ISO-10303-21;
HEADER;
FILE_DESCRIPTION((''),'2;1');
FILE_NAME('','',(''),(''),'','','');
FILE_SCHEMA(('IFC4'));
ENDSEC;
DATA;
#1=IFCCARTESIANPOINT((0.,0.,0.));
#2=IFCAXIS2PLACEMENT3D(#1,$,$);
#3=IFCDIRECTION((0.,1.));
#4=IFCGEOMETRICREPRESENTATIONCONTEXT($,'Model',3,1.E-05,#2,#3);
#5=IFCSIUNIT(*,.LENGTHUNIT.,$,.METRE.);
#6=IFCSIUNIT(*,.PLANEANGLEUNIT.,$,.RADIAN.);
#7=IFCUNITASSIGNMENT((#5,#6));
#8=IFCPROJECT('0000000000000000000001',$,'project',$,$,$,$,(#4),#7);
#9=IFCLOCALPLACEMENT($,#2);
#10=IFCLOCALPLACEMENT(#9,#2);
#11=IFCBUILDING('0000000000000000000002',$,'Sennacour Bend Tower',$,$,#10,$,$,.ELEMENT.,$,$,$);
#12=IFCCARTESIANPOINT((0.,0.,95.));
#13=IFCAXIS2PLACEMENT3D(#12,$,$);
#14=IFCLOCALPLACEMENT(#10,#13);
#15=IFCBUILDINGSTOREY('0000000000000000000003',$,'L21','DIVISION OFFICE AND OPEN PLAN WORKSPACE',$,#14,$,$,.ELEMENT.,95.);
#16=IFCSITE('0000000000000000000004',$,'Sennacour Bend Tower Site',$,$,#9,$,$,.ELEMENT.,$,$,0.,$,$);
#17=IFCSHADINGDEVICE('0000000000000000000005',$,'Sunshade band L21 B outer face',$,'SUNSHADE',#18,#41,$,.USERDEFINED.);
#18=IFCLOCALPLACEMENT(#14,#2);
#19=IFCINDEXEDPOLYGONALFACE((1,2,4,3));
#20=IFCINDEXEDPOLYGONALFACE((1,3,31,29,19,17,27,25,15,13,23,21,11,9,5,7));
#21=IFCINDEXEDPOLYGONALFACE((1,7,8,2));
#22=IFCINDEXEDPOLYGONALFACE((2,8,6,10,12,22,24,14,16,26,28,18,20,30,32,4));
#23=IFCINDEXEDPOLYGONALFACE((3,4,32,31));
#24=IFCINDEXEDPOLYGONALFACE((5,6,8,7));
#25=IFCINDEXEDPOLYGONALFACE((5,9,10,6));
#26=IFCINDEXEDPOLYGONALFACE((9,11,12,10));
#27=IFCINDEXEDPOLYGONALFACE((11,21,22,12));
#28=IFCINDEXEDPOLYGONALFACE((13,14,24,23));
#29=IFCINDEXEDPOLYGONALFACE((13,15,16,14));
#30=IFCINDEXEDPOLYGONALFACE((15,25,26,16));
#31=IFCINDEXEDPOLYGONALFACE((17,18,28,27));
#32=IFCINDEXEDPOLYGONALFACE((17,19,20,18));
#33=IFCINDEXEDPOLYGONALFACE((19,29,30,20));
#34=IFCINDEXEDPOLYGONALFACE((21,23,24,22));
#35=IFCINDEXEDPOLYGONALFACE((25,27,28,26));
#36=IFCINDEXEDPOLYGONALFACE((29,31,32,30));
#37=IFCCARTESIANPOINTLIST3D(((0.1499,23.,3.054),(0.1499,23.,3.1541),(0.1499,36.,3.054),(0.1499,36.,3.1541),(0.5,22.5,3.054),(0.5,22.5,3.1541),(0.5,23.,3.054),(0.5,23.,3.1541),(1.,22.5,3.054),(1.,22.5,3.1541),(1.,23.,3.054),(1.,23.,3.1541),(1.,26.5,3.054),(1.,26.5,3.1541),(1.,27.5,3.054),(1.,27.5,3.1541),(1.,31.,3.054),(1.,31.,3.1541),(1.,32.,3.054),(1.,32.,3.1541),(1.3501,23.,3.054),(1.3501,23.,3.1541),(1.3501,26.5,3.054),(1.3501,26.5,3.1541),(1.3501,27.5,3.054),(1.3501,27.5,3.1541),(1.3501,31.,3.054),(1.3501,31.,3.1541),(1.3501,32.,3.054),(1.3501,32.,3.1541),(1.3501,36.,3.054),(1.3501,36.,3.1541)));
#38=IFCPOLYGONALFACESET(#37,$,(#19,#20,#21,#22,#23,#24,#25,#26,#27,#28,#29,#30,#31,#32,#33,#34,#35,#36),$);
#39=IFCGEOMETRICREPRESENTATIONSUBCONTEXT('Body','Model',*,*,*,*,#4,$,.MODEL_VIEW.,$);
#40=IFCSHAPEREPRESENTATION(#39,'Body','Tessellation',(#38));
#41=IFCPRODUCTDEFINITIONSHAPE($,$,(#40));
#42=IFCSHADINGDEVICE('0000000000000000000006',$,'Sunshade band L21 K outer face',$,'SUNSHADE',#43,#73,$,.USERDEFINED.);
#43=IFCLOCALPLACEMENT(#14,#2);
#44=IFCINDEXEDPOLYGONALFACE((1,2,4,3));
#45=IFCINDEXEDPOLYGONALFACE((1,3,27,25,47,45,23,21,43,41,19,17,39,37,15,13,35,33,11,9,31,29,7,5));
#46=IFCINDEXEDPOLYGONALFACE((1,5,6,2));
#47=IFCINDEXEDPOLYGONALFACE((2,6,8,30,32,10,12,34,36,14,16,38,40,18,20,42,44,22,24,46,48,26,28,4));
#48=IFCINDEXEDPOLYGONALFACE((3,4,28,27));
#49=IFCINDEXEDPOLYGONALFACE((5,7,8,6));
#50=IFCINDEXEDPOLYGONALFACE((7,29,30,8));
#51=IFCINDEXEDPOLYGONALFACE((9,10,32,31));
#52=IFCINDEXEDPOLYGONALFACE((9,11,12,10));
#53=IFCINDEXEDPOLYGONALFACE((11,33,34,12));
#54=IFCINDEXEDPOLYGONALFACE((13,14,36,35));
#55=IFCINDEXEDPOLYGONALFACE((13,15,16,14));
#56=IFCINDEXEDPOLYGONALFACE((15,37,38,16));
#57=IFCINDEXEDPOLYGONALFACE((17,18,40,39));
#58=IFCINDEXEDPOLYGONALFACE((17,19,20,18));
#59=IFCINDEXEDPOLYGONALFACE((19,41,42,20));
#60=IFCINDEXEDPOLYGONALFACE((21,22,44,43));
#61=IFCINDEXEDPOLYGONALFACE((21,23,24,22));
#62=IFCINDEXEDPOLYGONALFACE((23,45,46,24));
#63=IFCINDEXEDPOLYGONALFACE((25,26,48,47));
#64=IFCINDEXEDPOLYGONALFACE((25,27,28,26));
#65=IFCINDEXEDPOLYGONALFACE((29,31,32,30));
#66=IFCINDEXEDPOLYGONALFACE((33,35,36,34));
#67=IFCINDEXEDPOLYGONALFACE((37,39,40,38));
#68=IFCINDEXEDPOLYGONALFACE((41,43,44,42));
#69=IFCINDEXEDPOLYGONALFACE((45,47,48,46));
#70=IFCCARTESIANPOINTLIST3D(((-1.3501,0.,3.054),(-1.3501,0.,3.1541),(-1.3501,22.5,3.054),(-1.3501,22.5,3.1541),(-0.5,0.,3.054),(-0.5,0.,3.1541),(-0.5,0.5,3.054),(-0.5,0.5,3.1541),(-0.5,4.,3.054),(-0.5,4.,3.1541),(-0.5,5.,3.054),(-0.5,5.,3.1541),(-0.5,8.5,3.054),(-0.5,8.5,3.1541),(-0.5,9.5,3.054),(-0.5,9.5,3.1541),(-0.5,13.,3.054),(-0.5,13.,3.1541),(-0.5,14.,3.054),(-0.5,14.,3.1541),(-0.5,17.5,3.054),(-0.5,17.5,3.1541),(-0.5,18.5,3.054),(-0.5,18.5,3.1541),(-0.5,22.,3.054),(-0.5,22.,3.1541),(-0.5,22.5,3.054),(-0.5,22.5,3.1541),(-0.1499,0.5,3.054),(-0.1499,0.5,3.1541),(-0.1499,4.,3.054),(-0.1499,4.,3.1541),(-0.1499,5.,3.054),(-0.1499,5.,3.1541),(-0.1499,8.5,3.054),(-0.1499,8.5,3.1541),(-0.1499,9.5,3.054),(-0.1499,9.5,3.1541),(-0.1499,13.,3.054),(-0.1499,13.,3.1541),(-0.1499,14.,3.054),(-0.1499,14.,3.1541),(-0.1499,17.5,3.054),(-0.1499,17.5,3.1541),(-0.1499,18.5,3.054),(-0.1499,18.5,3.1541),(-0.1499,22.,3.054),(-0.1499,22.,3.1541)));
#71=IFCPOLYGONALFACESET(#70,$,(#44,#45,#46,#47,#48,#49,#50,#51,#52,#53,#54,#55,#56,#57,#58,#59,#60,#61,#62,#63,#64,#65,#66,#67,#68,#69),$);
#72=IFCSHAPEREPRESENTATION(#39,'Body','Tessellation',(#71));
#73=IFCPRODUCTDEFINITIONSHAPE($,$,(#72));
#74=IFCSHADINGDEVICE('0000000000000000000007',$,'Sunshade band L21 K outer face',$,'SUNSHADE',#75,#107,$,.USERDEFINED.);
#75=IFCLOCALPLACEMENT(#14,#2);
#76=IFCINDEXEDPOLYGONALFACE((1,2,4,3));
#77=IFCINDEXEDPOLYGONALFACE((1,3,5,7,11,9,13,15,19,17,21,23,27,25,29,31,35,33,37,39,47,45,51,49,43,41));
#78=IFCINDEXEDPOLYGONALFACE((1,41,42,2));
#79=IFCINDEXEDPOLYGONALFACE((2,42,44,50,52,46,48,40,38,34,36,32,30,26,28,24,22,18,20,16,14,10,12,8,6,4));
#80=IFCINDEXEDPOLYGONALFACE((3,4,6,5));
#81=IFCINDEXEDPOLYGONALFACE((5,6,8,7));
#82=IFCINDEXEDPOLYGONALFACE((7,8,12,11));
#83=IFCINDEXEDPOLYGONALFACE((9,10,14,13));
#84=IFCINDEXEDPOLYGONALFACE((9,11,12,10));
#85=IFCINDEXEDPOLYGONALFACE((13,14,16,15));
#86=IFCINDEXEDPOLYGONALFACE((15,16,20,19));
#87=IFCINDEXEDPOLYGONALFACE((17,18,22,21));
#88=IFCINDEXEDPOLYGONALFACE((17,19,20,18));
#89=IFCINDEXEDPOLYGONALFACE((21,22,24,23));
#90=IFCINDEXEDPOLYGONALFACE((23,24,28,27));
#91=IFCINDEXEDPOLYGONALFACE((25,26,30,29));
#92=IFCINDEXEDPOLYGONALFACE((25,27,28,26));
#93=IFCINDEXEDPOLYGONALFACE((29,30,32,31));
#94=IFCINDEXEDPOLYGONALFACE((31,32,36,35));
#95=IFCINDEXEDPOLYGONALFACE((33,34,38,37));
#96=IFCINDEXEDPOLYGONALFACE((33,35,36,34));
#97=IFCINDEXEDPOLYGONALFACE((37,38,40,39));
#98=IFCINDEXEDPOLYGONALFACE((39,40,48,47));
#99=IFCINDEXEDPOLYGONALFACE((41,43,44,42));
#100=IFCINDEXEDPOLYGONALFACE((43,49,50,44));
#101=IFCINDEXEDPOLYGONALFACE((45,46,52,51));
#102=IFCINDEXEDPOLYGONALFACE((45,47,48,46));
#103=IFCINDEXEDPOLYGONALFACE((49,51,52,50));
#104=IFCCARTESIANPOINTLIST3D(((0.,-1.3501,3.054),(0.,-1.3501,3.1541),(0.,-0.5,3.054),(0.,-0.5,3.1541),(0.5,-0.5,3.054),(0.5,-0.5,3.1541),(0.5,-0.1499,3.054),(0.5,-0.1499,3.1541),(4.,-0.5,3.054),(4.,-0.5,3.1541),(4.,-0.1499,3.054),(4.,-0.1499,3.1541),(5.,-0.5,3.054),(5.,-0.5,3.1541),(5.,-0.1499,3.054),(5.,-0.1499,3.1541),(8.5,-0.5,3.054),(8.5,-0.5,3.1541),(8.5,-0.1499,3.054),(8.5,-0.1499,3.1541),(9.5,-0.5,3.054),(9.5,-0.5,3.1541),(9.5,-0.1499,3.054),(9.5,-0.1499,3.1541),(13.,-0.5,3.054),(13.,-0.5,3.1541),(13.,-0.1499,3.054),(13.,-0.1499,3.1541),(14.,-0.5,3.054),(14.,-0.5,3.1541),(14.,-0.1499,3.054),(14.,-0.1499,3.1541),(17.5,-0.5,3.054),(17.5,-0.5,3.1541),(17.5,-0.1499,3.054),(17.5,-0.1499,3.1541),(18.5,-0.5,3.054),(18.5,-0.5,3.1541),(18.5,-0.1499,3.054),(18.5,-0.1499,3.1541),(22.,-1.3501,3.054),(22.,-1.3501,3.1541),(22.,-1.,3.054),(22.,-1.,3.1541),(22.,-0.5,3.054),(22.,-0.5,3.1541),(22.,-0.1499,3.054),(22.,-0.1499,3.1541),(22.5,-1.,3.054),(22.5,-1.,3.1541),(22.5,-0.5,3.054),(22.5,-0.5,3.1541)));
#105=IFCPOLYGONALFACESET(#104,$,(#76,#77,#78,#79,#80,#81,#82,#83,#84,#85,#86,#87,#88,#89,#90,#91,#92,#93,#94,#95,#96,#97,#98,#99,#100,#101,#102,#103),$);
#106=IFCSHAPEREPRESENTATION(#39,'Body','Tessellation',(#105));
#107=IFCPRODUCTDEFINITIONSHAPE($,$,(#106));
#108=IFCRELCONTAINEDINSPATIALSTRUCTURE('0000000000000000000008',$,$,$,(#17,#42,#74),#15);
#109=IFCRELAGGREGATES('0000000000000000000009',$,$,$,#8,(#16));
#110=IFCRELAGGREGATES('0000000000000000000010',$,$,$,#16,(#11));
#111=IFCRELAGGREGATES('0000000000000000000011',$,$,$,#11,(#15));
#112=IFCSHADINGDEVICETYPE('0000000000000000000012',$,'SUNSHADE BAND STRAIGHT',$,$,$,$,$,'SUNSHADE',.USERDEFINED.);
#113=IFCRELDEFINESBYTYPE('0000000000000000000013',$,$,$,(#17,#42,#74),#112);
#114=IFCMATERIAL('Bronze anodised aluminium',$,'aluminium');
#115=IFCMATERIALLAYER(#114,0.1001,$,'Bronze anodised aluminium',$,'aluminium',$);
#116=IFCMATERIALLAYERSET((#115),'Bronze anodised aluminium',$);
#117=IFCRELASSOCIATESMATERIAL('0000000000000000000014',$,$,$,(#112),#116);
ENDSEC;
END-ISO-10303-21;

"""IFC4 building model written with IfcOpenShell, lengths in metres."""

from ifc_helpers import new_model, si_unit, direction, frame, origin, place, context, subcontext, project, spatial, polyline, outline, extrude, material, layer, layer_set, type_object, element, save


model = new_model("IFC4")

# Units and contexts
model_context = context("Model", 3, precision=1e-05, world=origin(), true_north=direction((0.0, 1.0)))
body_context = subcontext(model_context, "Body", "Model", "MODEL_VIEW")
ifc_project = project(units=[si_unit("LENGTHUNIT", "METRE"), si_unit("PLANEANGLEUNIT", "RADIAN")], contexts=[model_context])

# Site, building, storey
site_placement = place(None, origin())
site = spatial("IfcSite", under=ifc_project, at=site_placement, Name="Sennacour Bend Tower Site", CompositionType="ELEMENT", RefElevation=0.0)
building_placement = place(site_placement, origin())
building = spatial("IfcBuilding", under=site, at=building_placement, Name="Sennacour Bend Tower", CompositionType="ELEMENT")
storey_placement = place(building_placement, frame((0.0, 0.0, 95.0)))
storey = spatial("IfcBuildingStorey", under=building, at=storey_placement, Name="L21", Description="DIVISION OFFICE AND OPEN PLAN WORKSPACE", CompositionType="ELEMENT", Elevation=95.0)

# Shading devices
ifc_material_1 = material(Name="Bronze anodised aluminium", Category="aluminium")
ifc_layer_1 = layer(ifc_material_1, 0.1001, Name="Bronze anodised aluminium", Category="aluminium")
ifc_layer_set_1 = layer_set([ifc_layer_1], Name="Bronze anodised aluminium")
shading_device_type_1 = type_object("IfcShadingDeviceType", Name="SUNSHADE BAND STRAIGHT", ElementType="SUNSHADE", PredefinedType="USERDEFINED", material=ifc_layer_set_1)
shading_device_1_placement = place(storey_placement, frame((0.0, 0.0, 3.054)))
element("IfcShadingDevice", 1, at=shading_device_1_placement, inside=storey, type_object=shading_device_type_1, Name="Sunshade band L21 B outer face", ObjectType="SUNSHADE", PredefinedType="USERDEFINED", context=body_context, shape_type="SweptSolid", body=[
    extrude(outline(polyline([(1.3501, 32.0), (1.0, 32.0), (1.0, 31.0), (1.3501, 31.0), (1.3501, 27.5), (1.0, 27.5), (1.0, 26.5), (1.3501, 26.5), (1.3501, 23.0), (1.0, 23.0), (1.0, 22.5), (0.5, 22.5), (0.5, 23.0), (0.1499, 23.0), (0.1499, 36.0), (1.3501, 36.0), (1.3501, 32.0)])), origin(), (0.0, 0.0, 1.0), 0.1001),
])
shading_device_2_placement = place(storey_placement, frame((0.0, 0.0, 3.054)))
element("IfcShadingDevice", 2, at=shading_device_2_placement, inside=storey, type_object=shading_device_type_1, Name="Sunshade band L21 K outer face", ObjectType="SUNSHADE", PredefinedType="USERDEFINED", context=body_context, shape_type="SweptSolid", body=[
    extrude(outline(polyline([(-0.1499, 18.5), (-0.5, 18.5), (-0.5, 17.5), (-0.1499, 17.5), (-0.1499, 14.0), (-0.5, 14.0), (-0.5, 13.0), (-0.1499, 13.0), (-0.1499, 9.5), (-0.5, 9.5), (-0.5, 8.5), (-0.1499, 8.5), (-0.1499, 5.0), (-0.5, 5.0), (-0.5, 4.0), (-0.1499, 4.0), (-0.1499, 0.5), (-0.5, 0.5), (-0.5, 0.0), (-1.3501, 0.0), (-1.3501, 22.5), (-0.5, 22.5), (-0.5, 22.0), (-0.1499, 22.0), (-0.1499, 18.5)])), origin(), (0.0, 0.0, 1.0), 0.1001),
])
shading_device_3_placement = place(storey_placement, frame((0.0, 0.0, 3.054)))
element("IfcShadingDevice", 3, at=shading_device_3_placement, inside=storey, type_object=shading_device_type_1, Name="Sunshade band L21 K outer face", ObjectType="SUNSHADE", PredefinedType="USERDEFINED", context=body_context, shape_type="SweptSolid", body=[
    extrude(outline(polyline([(4.0, -0.1499), (4.0, -0.5), (5.0, -0.5), (5.0, -0.1499), (8.5, -0.1499), (8.5, -0.5), (9.5, -0.5), (9.5, -0.1499), (13.0, -0.1499), (13.0, -0.5), (14.0, -0.5), (14.0, -0.1499), (17.5, -0.1499), (17.5, -0.5), (18.5, -0.5), (18.5, -0.1499), (22.0, -0.1499), (22.0, -0.5), (22.5, -0.5), (22.5, -1.0), (22.0, -1.0), (22.0, -1.3501), (0.0, -1.3501), (0.0, -0.5), (0.5, -0.5), (0.5, -0.1499), (4.0, -0.1499)])), origin(), (0.0, 0.0, 1.0), 0.1001),
])

save(model, "model.ifc")
